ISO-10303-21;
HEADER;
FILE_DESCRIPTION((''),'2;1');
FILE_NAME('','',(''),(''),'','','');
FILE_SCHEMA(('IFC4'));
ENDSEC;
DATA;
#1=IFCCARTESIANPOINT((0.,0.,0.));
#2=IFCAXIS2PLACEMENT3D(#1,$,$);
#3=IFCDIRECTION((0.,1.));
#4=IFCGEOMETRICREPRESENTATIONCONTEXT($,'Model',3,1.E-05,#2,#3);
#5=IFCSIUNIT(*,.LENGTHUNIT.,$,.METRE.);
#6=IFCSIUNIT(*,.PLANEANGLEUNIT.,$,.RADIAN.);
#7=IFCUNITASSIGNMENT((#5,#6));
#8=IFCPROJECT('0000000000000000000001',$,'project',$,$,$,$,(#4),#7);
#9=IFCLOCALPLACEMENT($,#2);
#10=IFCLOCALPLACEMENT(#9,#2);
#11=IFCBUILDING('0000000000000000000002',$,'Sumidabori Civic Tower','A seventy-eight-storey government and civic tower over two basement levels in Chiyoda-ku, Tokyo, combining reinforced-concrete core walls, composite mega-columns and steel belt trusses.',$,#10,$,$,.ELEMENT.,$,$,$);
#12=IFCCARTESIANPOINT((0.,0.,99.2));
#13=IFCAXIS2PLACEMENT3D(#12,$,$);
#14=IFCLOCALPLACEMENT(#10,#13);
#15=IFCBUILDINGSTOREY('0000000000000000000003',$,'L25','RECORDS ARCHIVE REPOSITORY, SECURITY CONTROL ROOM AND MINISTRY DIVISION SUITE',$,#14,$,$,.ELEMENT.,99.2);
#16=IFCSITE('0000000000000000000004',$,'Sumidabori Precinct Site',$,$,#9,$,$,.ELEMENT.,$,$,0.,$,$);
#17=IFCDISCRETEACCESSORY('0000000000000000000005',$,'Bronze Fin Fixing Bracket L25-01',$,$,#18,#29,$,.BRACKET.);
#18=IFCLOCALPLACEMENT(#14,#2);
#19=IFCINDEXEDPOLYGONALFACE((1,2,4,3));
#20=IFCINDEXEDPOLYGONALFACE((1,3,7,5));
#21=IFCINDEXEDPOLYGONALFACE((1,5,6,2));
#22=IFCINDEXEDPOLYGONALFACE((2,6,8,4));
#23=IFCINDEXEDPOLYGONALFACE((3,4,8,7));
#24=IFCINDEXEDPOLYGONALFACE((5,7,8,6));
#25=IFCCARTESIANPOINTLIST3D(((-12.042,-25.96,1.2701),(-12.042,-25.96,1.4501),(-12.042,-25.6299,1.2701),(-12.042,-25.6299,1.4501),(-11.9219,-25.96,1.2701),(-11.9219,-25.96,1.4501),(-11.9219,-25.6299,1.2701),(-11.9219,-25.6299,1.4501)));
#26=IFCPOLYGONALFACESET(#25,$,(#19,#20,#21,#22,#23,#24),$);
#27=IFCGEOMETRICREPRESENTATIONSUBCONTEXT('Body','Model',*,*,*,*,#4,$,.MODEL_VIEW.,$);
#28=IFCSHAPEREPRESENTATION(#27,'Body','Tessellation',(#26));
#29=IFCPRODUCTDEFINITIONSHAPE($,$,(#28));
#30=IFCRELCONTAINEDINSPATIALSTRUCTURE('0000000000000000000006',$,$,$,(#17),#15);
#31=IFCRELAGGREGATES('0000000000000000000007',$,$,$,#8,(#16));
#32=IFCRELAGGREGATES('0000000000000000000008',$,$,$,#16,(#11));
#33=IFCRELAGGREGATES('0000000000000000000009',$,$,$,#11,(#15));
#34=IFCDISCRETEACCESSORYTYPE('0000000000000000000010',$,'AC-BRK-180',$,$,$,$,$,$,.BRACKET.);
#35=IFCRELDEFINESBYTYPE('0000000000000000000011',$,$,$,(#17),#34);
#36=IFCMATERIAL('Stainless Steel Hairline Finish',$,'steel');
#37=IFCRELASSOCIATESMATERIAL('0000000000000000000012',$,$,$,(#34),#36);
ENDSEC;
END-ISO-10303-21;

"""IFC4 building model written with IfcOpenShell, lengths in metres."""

from ifc_helpers import new_model, si_unit, direction, frame, origin, origin_2d, place, context, subcontext, project, spatial, rectangle, extrude, source, transform, mapped, material, material_profile, profile_set, type_object, element, save


model = new_model("IFC4")

# Units and contexts
model_context = context("Model", 3, precision=1e-05, world=origin(), true_north=direction((0.0, 1.0)))
body_context = subcontext(model_context, "Body", "Model", "MODEL_VIEW")
ifc_project = project(units=[si_unit("LENGTHUNIT", "METRE"), si_unit("PLANEANGLEUNIT", "RADIAN")], contexts=[model_context])

# Site, building, storey
site_placement = place(None, origin())
site = spatial("IfcSite", under=ifc_project, at=site_placement, Name="Sumidabori Precinct Site", CompositionType="ELEMENT", RefElevation=0.0)
building_placement = place(site_placement, origin())
building = spatial("IfcBuilding", under=site, at=building_placement, Name="Sumidabori Civic Tower", Description="A seventy-eight-storey government and civic tower over two basement levels in Chiyoda-ku, Tokyo, combining reinforced-concrete core walls, composite mega-columns and steel belt trusses.", CompositionType="ELEMENT")
storey_placement = place(building_placement, frame((0.0, 0.0, 99.2)))
storey = spatial("IfcBuildingStorey", under=building, at=storey_placement, Name="L25", Description="RECORDS ARCHIVE REPOSITORY, SECURITY CONTROL ROOM AND MINISTRY DIVISION SUITE", CompositionType="ELEMENT", Elevation=99.2)

# Discrete accessory
ifc_material_1 = material(Name="Stainless Steel Hairline Finish", Category="steel")
ifc_material_profile_1 = material_profile(ifc_material_1, rectangle(XDim=0.1201, YDim=0.1799, at=origin_2d()), Name="STEEL BRACKET 180x120")
ifc_profile_set_1 = profile_set([ifc_material_profile_1], Name="Stainless Steel Hairline Finish")
discrete_accessory_type = type_object("IfcDiscreteAccessoryType", Name="AC-BRK-180", PredefinedType="BRACKET", material=ifc_profile_set_1)
shared_shape_1 = source(origin(), body_context, "Body", "SweptSolid", [
    extrude(rectangle(XDim=0.1201, YDim=0.1799, at=origin_2d()), origin(), (0.0, 0.0, 1.0), 0.3301),
])
discrete_accessory_placement = place(storey_placement, frame((-11.9819, -25.6299, 1.3601), z_axis=(0.0, -1.0, 0.0), x_axis=(1.0, 0.0, 0.0)))
element("IfcDiscreteAccessory", 1, at=discrete_accessory_placement, inside=storey, type_object=discrete_accessory_type, Name="Bronze Fin Fixing Bracket L25-01", PredefinedType="BRACKET", context=body_context, shape_type="MappedRepresentation", body=[
    mapped(shared_shape_1, transform((0.0, 0.0, 0.0), x_axis=(1.0, 0.0, 0.0), y_axis=(0.0, 1.0, 0.0), z_axis=(0.0, 0.0, 1.0), scale=1.0)),
])

save(model, "model.ifc")
